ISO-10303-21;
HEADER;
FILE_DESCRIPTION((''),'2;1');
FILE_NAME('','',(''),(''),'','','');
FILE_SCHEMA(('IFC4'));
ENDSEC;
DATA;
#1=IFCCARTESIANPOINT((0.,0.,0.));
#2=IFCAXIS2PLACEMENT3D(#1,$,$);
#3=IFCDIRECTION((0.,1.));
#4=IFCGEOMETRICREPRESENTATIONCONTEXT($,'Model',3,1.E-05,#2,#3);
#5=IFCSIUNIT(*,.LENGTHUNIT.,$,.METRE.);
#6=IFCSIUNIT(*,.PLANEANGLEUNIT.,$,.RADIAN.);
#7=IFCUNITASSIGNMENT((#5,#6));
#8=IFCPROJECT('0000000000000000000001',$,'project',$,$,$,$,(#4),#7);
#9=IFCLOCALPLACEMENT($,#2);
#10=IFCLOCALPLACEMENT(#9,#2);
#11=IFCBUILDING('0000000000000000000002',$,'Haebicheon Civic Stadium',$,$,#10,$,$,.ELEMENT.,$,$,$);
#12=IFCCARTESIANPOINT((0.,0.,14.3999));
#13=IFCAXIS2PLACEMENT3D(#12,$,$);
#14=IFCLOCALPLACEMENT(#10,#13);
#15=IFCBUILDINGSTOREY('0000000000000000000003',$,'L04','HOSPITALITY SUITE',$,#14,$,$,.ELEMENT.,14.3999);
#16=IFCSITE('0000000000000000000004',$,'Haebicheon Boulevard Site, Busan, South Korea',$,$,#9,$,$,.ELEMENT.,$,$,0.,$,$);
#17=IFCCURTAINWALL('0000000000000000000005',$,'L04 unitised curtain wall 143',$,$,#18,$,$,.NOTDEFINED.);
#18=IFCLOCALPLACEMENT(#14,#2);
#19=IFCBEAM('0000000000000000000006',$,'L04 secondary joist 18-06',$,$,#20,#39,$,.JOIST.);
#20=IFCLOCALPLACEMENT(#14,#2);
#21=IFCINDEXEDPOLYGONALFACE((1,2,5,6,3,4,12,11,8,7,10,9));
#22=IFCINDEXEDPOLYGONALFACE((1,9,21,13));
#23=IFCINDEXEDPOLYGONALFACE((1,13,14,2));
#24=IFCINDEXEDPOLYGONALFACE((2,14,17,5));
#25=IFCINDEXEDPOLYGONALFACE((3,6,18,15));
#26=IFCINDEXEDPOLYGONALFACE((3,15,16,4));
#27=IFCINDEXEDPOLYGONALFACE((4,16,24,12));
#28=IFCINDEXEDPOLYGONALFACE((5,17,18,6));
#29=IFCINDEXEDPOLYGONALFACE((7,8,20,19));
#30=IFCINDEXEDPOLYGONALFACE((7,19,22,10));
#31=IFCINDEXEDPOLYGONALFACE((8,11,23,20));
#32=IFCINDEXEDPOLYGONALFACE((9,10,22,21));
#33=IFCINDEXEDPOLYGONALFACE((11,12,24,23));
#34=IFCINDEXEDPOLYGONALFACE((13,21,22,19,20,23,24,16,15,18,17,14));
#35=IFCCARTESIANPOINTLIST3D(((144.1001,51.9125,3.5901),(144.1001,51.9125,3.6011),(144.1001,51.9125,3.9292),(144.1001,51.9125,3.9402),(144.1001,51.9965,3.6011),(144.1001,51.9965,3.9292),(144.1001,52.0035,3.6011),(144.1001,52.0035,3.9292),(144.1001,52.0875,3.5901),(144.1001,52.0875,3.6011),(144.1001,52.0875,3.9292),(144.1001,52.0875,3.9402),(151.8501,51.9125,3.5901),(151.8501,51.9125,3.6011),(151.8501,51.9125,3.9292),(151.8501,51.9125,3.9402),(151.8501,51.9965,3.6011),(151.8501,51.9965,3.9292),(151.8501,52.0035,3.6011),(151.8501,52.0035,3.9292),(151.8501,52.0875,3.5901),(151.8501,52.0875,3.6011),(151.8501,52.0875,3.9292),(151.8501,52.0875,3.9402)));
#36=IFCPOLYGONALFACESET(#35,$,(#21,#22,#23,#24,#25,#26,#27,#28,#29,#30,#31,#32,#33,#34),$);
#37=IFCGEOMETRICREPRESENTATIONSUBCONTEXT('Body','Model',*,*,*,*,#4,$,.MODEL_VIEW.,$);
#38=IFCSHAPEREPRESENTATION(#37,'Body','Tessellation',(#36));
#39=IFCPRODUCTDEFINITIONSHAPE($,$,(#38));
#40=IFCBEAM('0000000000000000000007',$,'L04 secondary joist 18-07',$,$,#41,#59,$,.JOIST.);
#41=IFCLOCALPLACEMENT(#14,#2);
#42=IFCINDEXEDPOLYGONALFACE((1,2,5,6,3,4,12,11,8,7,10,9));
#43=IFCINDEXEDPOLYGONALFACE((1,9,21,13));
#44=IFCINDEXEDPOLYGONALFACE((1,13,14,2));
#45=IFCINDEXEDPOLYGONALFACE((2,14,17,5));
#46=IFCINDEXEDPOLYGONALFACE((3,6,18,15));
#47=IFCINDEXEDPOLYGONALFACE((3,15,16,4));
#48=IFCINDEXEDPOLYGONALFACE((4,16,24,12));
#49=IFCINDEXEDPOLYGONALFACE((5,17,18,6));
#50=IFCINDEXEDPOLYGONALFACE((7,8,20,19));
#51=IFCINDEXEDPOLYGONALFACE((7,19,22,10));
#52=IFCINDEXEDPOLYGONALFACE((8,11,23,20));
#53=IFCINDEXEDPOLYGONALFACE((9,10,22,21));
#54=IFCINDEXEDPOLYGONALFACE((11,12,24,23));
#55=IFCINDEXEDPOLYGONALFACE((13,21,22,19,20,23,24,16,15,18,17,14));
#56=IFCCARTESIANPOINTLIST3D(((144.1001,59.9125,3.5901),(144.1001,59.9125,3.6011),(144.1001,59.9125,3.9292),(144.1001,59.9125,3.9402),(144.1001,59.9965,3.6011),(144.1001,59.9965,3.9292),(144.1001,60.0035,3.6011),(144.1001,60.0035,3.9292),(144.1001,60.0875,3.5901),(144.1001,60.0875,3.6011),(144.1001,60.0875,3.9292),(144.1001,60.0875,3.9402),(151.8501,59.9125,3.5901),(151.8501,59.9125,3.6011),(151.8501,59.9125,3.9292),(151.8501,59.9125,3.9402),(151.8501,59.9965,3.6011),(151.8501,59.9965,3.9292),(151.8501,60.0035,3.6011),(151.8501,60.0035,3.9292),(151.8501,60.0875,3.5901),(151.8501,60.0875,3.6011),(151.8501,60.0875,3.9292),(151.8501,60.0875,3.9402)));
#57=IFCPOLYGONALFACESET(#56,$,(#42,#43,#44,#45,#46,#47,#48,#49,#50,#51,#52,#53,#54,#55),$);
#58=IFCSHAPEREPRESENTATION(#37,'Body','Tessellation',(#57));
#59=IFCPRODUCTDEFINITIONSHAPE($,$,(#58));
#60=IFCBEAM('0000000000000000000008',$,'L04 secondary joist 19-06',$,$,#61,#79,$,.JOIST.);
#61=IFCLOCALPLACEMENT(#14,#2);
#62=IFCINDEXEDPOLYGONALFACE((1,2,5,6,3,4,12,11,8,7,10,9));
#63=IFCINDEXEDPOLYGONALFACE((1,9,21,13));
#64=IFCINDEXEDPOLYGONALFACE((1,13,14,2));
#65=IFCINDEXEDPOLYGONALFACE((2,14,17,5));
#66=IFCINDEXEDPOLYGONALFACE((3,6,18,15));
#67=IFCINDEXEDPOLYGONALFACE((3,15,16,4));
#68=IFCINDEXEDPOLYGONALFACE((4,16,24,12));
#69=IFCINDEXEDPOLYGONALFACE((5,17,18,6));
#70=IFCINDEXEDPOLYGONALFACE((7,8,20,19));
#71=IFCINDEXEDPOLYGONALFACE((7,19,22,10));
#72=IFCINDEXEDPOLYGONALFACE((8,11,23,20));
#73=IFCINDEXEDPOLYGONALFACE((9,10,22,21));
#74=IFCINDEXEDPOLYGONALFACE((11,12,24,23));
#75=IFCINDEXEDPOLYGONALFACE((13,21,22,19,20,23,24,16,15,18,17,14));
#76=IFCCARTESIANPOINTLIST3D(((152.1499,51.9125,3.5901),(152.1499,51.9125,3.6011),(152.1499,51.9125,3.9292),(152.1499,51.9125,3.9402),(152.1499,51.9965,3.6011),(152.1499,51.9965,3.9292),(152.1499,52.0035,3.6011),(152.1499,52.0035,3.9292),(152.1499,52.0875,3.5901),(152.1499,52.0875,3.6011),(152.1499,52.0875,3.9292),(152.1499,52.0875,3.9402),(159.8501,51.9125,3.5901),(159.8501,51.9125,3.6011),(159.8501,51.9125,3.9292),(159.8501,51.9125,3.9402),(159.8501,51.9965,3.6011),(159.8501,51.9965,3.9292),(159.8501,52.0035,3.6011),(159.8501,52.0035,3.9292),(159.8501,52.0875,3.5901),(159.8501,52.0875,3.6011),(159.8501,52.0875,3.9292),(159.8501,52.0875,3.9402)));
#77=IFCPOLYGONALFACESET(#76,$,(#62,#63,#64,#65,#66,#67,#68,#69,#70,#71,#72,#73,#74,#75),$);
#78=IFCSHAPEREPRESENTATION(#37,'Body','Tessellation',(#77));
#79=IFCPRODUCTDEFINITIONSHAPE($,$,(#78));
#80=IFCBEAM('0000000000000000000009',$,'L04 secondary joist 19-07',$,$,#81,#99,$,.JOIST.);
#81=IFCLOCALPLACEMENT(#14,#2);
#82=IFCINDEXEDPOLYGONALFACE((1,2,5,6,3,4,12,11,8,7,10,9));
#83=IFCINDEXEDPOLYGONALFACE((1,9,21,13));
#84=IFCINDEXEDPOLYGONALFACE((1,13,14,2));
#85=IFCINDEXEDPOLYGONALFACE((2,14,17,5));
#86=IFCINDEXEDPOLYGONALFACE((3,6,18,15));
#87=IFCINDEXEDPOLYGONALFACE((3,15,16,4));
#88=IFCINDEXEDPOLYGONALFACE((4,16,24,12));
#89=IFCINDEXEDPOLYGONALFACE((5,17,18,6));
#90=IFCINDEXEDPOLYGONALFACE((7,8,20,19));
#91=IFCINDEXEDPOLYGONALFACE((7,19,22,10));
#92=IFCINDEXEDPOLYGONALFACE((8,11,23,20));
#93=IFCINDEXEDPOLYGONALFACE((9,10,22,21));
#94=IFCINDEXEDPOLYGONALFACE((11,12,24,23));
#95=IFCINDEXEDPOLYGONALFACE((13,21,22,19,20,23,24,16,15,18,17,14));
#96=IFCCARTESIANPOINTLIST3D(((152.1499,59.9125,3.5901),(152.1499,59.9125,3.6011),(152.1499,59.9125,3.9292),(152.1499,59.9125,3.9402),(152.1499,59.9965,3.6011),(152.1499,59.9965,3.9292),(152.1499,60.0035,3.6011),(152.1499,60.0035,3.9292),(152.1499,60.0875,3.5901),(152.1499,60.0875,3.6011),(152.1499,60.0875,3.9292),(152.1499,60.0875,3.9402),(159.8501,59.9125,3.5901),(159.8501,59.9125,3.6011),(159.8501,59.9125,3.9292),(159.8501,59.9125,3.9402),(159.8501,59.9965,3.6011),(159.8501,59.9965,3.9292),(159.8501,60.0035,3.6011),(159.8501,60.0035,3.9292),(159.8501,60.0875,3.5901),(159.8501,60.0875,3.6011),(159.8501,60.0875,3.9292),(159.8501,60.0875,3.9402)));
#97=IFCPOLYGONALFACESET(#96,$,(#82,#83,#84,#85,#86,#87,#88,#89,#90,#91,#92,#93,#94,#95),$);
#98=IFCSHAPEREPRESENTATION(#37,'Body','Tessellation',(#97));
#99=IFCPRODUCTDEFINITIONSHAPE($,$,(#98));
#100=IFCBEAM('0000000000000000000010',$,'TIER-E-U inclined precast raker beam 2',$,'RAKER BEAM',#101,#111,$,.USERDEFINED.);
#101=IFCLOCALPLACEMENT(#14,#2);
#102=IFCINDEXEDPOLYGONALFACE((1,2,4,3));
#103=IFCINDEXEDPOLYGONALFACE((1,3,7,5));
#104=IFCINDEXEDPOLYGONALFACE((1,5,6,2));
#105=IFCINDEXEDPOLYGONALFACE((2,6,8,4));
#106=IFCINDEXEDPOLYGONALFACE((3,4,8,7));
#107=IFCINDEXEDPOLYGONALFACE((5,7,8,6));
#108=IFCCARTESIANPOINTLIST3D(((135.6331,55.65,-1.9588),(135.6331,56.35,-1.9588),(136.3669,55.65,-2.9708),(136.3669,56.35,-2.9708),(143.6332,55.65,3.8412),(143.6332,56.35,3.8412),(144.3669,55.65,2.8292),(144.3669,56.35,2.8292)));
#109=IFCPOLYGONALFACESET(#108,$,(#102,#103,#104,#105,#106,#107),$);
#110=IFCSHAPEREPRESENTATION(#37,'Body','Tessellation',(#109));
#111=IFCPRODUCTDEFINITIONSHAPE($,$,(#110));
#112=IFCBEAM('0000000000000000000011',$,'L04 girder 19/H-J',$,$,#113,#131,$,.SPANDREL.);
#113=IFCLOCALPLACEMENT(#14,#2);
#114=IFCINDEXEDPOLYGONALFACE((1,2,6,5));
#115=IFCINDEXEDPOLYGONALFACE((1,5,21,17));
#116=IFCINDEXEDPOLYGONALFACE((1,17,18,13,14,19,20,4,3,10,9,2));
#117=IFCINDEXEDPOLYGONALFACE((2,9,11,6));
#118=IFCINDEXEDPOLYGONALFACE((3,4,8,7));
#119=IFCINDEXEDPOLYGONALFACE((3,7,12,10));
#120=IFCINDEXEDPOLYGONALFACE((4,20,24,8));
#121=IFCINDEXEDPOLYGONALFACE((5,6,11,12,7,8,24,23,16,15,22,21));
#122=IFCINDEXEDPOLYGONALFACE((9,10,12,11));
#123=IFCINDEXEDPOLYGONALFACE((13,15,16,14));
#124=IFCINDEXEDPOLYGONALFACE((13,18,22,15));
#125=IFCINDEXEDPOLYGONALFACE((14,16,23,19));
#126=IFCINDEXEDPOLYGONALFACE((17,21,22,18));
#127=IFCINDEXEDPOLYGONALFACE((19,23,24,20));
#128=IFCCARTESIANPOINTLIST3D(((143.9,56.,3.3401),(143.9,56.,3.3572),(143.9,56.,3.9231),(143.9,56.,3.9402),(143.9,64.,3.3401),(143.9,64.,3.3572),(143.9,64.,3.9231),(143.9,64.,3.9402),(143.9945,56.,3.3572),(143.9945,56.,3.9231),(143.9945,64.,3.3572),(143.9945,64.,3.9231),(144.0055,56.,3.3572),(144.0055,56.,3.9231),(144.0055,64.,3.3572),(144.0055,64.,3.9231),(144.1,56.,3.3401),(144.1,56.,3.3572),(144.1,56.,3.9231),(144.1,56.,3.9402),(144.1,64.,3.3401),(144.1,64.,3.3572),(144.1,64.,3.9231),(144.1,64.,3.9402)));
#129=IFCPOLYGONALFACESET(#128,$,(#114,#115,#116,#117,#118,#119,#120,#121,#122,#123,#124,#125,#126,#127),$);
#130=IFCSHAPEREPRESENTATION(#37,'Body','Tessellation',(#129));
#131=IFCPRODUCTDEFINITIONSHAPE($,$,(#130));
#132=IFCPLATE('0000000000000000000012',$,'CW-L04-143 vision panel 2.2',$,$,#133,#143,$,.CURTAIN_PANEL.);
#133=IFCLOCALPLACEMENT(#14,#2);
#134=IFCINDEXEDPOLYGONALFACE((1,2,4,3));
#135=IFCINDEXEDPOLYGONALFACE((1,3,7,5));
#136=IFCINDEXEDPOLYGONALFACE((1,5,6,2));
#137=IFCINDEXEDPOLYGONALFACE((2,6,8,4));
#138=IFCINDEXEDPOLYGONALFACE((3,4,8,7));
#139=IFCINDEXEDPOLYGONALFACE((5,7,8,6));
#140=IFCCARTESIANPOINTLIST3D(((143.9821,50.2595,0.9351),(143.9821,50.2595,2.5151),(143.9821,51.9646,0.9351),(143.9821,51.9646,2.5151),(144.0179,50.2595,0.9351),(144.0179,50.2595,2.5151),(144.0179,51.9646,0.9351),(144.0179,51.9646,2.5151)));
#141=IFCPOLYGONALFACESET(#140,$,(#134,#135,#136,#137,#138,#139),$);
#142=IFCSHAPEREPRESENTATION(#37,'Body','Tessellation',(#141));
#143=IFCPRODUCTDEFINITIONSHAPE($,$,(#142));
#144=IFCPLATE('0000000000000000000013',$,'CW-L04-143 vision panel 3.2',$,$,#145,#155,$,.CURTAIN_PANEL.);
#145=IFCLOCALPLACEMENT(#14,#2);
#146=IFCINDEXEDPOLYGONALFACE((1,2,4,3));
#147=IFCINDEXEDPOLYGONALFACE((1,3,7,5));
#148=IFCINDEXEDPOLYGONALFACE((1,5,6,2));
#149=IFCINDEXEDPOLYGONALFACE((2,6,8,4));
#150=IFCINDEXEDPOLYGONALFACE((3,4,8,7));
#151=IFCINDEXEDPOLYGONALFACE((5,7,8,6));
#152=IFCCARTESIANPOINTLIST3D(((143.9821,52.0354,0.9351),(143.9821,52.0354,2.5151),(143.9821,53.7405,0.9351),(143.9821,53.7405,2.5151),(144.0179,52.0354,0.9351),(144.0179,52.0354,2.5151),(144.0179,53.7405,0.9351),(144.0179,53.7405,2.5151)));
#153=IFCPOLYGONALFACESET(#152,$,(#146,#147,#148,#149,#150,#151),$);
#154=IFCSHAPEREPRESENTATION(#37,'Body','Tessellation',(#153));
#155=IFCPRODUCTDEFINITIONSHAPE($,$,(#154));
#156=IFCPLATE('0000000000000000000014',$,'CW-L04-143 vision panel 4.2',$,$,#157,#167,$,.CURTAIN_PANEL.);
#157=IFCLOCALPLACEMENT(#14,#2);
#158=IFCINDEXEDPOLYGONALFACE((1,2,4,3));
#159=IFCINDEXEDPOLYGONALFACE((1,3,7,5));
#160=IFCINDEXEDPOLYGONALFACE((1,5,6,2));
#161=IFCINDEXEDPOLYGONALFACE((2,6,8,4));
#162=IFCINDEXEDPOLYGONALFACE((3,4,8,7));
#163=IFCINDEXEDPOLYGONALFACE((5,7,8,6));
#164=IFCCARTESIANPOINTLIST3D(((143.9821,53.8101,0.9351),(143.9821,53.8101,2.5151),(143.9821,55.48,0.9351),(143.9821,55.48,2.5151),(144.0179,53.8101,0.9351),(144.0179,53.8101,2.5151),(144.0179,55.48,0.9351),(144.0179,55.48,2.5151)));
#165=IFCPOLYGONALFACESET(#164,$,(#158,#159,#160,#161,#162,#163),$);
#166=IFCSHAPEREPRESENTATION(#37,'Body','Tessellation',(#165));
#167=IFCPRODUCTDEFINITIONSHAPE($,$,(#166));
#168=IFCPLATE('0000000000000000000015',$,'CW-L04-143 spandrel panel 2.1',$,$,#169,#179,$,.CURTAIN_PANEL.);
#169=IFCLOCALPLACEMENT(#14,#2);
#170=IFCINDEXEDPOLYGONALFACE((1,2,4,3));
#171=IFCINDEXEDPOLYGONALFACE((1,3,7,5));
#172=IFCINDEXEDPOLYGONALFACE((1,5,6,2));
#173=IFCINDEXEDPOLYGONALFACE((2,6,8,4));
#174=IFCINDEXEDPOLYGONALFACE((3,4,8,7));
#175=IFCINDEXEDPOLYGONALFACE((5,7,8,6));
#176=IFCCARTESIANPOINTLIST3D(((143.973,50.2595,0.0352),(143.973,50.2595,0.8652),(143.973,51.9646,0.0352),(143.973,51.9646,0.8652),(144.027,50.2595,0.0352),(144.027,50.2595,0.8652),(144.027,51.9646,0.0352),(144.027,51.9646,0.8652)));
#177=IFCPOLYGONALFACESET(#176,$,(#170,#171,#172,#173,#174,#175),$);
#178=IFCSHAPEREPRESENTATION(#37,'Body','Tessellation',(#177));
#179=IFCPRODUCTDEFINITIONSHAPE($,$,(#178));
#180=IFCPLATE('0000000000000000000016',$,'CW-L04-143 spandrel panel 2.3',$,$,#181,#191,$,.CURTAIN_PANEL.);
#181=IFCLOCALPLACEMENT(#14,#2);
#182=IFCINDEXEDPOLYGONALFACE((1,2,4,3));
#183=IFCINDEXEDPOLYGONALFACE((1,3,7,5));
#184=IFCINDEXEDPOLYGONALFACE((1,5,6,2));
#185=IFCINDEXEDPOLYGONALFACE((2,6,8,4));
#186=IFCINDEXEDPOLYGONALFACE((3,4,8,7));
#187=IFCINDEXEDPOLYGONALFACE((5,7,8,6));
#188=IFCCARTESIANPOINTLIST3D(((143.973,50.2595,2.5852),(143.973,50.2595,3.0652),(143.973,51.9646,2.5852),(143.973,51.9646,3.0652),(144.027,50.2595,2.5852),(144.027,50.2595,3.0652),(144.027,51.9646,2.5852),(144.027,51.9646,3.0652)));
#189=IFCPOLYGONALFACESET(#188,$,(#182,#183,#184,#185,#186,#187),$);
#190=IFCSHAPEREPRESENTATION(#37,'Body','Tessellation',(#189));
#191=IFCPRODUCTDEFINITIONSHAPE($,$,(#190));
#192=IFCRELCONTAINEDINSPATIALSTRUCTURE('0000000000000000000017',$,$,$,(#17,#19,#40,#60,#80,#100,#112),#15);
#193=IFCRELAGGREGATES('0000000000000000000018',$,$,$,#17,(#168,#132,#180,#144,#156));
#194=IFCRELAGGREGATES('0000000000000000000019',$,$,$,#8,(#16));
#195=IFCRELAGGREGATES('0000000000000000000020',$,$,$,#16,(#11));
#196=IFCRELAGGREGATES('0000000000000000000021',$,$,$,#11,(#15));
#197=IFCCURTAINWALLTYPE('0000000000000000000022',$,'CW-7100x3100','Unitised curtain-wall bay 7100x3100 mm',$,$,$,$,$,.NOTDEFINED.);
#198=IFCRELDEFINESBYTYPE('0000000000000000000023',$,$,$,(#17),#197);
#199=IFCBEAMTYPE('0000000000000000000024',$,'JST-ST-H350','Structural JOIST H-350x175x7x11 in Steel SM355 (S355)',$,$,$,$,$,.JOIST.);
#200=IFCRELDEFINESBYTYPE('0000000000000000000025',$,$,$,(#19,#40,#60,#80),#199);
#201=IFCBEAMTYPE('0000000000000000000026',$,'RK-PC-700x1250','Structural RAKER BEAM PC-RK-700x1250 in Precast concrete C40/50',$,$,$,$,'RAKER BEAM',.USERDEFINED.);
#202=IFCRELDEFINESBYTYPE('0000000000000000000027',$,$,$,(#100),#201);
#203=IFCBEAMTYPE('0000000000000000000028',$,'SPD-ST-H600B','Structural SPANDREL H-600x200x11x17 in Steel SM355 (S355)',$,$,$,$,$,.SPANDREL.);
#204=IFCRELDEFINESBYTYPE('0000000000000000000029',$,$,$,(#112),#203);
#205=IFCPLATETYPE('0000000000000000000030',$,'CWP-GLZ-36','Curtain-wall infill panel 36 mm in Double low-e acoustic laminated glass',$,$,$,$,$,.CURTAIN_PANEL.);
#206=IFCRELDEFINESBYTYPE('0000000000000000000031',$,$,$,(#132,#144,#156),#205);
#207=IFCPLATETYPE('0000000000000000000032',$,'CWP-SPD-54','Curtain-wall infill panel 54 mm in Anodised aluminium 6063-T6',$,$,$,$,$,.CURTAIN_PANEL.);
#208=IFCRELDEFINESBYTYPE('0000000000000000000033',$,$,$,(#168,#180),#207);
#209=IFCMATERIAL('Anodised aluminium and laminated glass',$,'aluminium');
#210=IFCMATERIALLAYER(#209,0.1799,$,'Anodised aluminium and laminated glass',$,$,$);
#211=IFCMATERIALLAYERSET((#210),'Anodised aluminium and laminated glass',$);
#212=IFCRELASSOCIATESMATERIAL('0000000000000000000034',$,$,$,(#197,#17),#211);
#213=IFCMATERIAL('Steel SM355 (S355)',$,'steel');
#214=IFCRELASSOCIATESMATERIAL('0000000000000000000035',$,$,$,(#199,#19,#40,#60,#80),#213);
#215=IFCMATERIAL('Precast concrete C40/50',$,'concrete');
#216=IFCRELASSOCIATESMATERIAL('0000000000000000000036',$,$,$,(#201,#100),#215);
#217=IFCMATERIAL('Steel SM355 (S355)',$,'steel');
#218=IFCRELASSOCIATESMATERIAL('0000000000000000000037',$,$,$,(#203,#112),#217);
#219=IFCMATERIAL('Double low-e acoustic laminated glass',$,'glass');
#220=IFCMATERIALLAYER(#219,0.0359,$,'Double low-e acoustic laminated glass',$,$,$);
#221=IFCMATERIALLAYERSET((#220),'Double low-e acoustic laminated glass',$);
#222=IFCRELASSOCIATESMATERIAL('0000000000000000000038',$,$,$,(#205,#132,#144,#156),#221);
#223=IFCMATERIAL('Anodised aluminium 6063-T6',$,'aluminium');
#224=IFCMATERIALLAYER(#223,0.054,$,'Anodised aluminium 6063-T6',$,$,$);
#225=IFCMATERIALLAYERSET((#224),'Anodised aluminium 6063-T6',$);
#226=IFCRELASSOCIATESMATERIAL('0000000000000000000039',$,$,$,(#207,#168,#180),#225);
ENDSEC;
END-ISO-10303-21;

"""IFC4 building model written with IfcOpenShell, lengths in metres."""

from ifc_helpers import new_model, si_unit, direction, frame, origin, origin_2d, place, context, subcontext, project, spatial, rectangle, i_section, extrude, material, layer, layer_set, material_profile, profile_set, type_object, element, aggregate, save


model = new_model("IFC4")

# Units and contexts
model_context = context("Model", 3, precision=1e-05, world=origin(), true_north=direction((0.0, 1.0)))
body_context = subcontext(model_context, "Body", "Model", "MODEL_VIEW")
ifc_project = project(units=[si_unit("LENGTHUNIT", "METRE"), si_unit("PLANEANGLEUNIT", "RADIAN")], contexts=[model_context])

# Site, building, storey
site_placement = place(None, origin())
site = spatial("IfcSite", under=ifc_project, at=site_placement, Name="Haebicheon Boulevard Site, Busan, South Korea", CompositionType="ELEMENT", RefElevation=0.0)
building_placement = place(site_placement, origin())
building = spatial("IfcBuilding", under=site, at=building_placement, Name="Haebicheon Civic Stadium", CompositionType="ELEMENT")
storey_placement = place(building_placement, frame((0.0, 0.0, 14.3999)))
storey = spatial("IfcBuildingStorey", under=building, at=storey_placement, Name="L04", Description="HOSPITALITY SUITE", CompositionType="ELEMENT", Elevation=14.3999)

# Curtain wall
ifc_material_1 = material(Name="Anodised aluminium and laminated glass", Category="aluminium")
ifc_layer_1 = layer(ifc_material_1, 0.1799, Name="Anodised aluminium and laminated glass")
ifc_layer_set_1 = layer_set([ifc_layer_1], Name="Anodised aluminium and laminated glass")
curtain_wall_type = type_object("IfcCurtainWallType", Name="CW-7100x3100", Description="Unitised curtain-wall bay 7100x3100 mm", PredefinedType="NOTDEFINED", material=ifc_layer_set_1)
curtain_wall_placement = place(storey_placement, origin())
curtain_wall = element("IfcCurtainWall", 1, at=curtain_wall_placement, inside=storey, type_object=curtain_wall_type, material=ifc_layer_set_1, Name="L04 unitised curtain wall 143", PredefinedType="NOTDEFINED")

# Beams
ifc_material_2 = material(Name="Steel SM355 (S355)", Category="steel")
ifc_material_profile_1 = material_profile(ifc_material_2, i_section(OverallWidth=0.175, OverallDepth=0.3501, WebThickness=0.0071, FlangeThickness=0.011, at=origin_2d()), Name="H-350x175x7x11")
ifc_profile_set_1 = profile_set([ifc_material_profile_1], Name="Steel SM355 (S355)")
beam_type_1 = type_object("IfcBeamType", Name="JST-ST-H350", Description="Structural JOIST H-350x175x7x11 in Steel SM355 (S355)", PredefinedType="JOIST", material=ifc_profile_set_1)
for number, where, z_axis, x_axis, name in (
    (2, (144.1001, 52.0, 3.7651), (1.0, 0.0, 0.0), (0.0, 1.0, 0.0), "L04 secondary joist 18-06"),
    (3, (144.1001, 60.0, 3.7651), (1.0, 0.0, 0.0), (0.0, 1.0, 0.0), "L04 secondary joist 18-07"),
):
    element("IfcBeam", number, at=place(storey_placement, frame(where, z_axis=z_axis, x_axis=x_axis)), inside=storey, type_object=beam_type_1, material=ifc_profile_set_1, Name=name, PredefinedType="JOIST", context=body_context, shape_type="SweptSolid", body=[
        extrude(i_section(OverallWidth=0.175, OverallDepth=0.3501, WebThickness=0.0071, FlangeThickness=0.011, at=origin_2d()), origin(), (0.0, 0.0, 1.0), 7.75),
    ])
for number, where, z_axis, x_axis, name in (
    (4, (152.1499, 52.0, 3.7651), (1.0, 0.0, 0.0), (0.0, 1.0, 0.0), "L04 secondary joist 19-06"),
    (5, (152.1499, 60.0, 3.7651), (1.0, 0.0, 0.0), (0.0, 1.0, 0.0), "L04 secondary joist 19-07"),
):
    element("IfcBeam", number, at=place(storey_placement, frame(where, z_axis=z_axis, x_axis=x_axis)), inside=storey, type_object=beam_type_1, material=ifc_profile_set_1, Name=name, PredefinedType="JOIST", context=body_context, shape_type="SweptSolid", body=[
        extrude(i_section(OverallWidth=0.175, OverallDepth=0.3501, WebThickness=0.0071, FlangeThickness=0.011, at=origin_2d()), origin(), (0.0, 0.0, 1.0), 7.7002),
    ])
ifc_material_3 = material(Name="Precast concrete C40/50", Category="concrete")
ifc_material_profile_2 = material_profile(ifc_material_3, rectangle(XDim=0.7, YDim=1.25, at=origin_2d()), Name="PC-RK-700x1250")
ifc_profile_set_2 = profile_set([ifc_material_profile_2], Name="Precast concrete C40/50")
beam_type_2 = type_object("IfcBeamType", Name="RK-PC-700x1250", Description="Structural RAKER BEAM PC-RK-700x1250 in Precast concrete C40/50", ElementType="RAKER BEAM", PredefinedType="USERDEFINED", material=ifc_profile_set_2)
beam_1_placement = place(storey_placement, frame((136.0, 56.0, -2.4648), z_axis=(0.809608, 0.0, 0.586971), x_axis=(0.0, 1.0, 0.0)))
element("IfcBeam", 6, at=beam_1_placement, inside=storey, type_object=beam_type_2, material=ifc_profile_set_2, Name="TIER-E-U inclined precast raker beam 2", ObjectType="RAKER BEAM", PredefinedType="USERDEFINED", context=body_context, shape_type="SweptSolid", body=[
    extrude(rectangle(XDim=0.7, YDim=1.25, at=origin_2d()), origin(), (0.0, 0.0, 1.0), 9.8813),
])
ifc_material_4 = material(Name="Steel SM355 (S355)", Category="steel")
ifc_material_profile_3 = material_profile(ifc_material_4, i_section(OverallWidth=0.2, OverallDepth=0.6001, WebThickness=0.011, FlangeThickness=0.0171, at=origin_2d()), Name="H-600x200x11x17")
ifc_profile_set_3 = profile_set([ifc_material_profile_3], Name="Steel SM355 (S355)")
beam_type_3 = type_object("IfcBeamType", Name="SPD-ST-H600B", Description="Structural SPANDREL H-600x200x11x17 in Steel SM355 (S355)", PredefinedType="SPANDREL", material=ifc_profile_set_3)
beam_2_placement = place(storey_placement, frame((144.0, 56.0, 3.6401), z_axis=(0.0, 1.0, 0.0), x_axis=(-1.0, 0.0, 0.0)))
element("IfcBeam", 7, at=beam_2_placement, inside=storey, type_object=beam_type_3, material=ifc_profile_set_3, Name="L04 girder 19/H-J", PredefinedType="SPANDREL", context=body_context, shape_type="SweptSolid", body=[
    extrude(i_section(OverallWidth=0.2, OverallDepth=0.6001, WebThickness=0.011, FlangeThickness=0.0171, at=origin_2d()), origin(), (0.0, 0.0, 1.0), 8.0),
])

# Plates
ifc_material_5 = material(Name="Double low-e acoustic laminated glass", Category="glass")
ifc_layer_2 = layer(ifc_material_5, 0.0359, Name="Double low-e acoustic laminated glass")
ifc_layer_set_2 = layer_set([ifc_layer_2], Name="Double low-e acoustic laminated glass")
plate_type_1 = type_object("IfcPlateType", Name="CWP-GLZ-36", Description="Curtain-wall infill panel 36 mm in Double low-e acoustic laminated glass", PredefinedType="CURTAIN_PANEL", material=ifc_layer_set_2)
plate_1_placement = place(storey_placement, frame((144.0, 51.1121, 0.9351), z_axis=(0.0, 0.0, 1.0), x_axis=(0.0, 1.0, 0.0)))
plate_1 = element("IfcPlate", 8, at=plate_1_placement, type_object=plate_type_1, material=ifc_layer_set_2, Name="CW-L04-143 vision panel 2.2", PredefinedType="CURTAIN_PANEL", context=body_context, shape_type="SweptSolid", body=[
    extrude(rectangle(XDim=1.7051, YDim=0.0359, at=origin_2d()), origin(), (0.0, 0.0, 1.0), 1.5801),
])
plate_2_placement = place(storey_placement, frame((144.0, 52.8879, 0.9351), z_axis=(0.0, 0.0, 1.0), x_axis=(0.0, 1.0, 0.0)))
plate_2 = element("IfcPlate", 9, at=plate_2_placement, type_object=plate_type_1, material=ifc_layer_set_2, Name="CW-L04-143 vision panel 3.2", PredefinedType="CURTAIN_PANEL", context=body_context, shape_type="SweptSolid", body=[
    extrude(rectangle(XDim=1.7051, YDim=0.0359, at=origin_2d()), origin(), (0.0, 0.0, 1.0), 1.5801),
])
plate_3_placement = place(storey_placement, frame((144.0, 54.645, 0.9351), z_axis=(0.0, 0.0, 1.0), x_axis=(0.0, 1.0, 0.0)))
plate_3 = element("IfcPlate", 10, at=plate_3_placement, type_object=plate_type_1, material=ifc_layer_set_2, Name="CW-L04-143 vision panel 4.2", PredefinedType="CURTAIN_PANEL", context=body_context, shape_type="SweptSolid", body=[
    extrude(rectangle(XDim=1.6699, YDim=0.0359, at=origin_2d()), origin(), (0.0, 0.0, 1.0), 1.5801),
])
ifc_material_6 = material(Name="Anodised aluminium 6063-T6", Category="aluminium")
ifc_layer_3 = layer(ifc_material_6, 0.054, Name="Anodised aluminium 6063-T6")
ifc_layer_set_3 = layer_set([ifc_layer_3], Name="Anodised aluminium 6063-T6")
plate_type_2 = type_object("IfcPlateType", Name="CWP-SPD-54", Description="Curtain-wall infill panel 54 mm in Anodised aluminium 6063-T6", PredefinedType="CURTAIN_PANEL", material=ifc_layer_set_3)
plate_4_placement = place(storey_placement, frame((144.0, 51.1121, 0.0352), z_axis=(0.0, 0.0, 1.0), x_axis=(0.0, 1.0, 0.0)))
plate_4 = element("IfcPlate", 11, at=plate_4_placement, type_object=plate_type_2, material=ifc_layer_set_3, Name="CW-L04-143 spandrel panel 2.1", PredefinedType="CURTAIN_PANEL", context=body_context, shape_type="SweptSolid", body=[
    extrude(rectangle(XDim=1.7051, YDim=0.054, at=origin_2d()), origin(), (0.0, 0.0, 1.0), 0.8301),
])
plate_5_placement = place(storey_placement, frame((144.0, 51.1121, 2.5852), z_axis=(0.0, 0.0, 1.0), x_axis=(0.0, 1.0, 0.0)))
plate_5 = element("IfcPlate", 12, at=plate_5_placement, type_object=plate_type_2, material=ifc_layer_set_3, Name="CW-L04-143 spandrel panel 2.3", PredefinedType="CURTAIN_PANEL", context=body_context, shape_type="SweptSolid", body=[
    extrude(rectangle(XDim=1.7051, YDim=0.054, at=origin_2d()), origin(), (0.0, 0.0, 1.0), 0.48),
])
aggregate(curtain_wall, [plate_4, plate_1, plate_5, plate_2, plate_3])

save(model, "model.ifc")
